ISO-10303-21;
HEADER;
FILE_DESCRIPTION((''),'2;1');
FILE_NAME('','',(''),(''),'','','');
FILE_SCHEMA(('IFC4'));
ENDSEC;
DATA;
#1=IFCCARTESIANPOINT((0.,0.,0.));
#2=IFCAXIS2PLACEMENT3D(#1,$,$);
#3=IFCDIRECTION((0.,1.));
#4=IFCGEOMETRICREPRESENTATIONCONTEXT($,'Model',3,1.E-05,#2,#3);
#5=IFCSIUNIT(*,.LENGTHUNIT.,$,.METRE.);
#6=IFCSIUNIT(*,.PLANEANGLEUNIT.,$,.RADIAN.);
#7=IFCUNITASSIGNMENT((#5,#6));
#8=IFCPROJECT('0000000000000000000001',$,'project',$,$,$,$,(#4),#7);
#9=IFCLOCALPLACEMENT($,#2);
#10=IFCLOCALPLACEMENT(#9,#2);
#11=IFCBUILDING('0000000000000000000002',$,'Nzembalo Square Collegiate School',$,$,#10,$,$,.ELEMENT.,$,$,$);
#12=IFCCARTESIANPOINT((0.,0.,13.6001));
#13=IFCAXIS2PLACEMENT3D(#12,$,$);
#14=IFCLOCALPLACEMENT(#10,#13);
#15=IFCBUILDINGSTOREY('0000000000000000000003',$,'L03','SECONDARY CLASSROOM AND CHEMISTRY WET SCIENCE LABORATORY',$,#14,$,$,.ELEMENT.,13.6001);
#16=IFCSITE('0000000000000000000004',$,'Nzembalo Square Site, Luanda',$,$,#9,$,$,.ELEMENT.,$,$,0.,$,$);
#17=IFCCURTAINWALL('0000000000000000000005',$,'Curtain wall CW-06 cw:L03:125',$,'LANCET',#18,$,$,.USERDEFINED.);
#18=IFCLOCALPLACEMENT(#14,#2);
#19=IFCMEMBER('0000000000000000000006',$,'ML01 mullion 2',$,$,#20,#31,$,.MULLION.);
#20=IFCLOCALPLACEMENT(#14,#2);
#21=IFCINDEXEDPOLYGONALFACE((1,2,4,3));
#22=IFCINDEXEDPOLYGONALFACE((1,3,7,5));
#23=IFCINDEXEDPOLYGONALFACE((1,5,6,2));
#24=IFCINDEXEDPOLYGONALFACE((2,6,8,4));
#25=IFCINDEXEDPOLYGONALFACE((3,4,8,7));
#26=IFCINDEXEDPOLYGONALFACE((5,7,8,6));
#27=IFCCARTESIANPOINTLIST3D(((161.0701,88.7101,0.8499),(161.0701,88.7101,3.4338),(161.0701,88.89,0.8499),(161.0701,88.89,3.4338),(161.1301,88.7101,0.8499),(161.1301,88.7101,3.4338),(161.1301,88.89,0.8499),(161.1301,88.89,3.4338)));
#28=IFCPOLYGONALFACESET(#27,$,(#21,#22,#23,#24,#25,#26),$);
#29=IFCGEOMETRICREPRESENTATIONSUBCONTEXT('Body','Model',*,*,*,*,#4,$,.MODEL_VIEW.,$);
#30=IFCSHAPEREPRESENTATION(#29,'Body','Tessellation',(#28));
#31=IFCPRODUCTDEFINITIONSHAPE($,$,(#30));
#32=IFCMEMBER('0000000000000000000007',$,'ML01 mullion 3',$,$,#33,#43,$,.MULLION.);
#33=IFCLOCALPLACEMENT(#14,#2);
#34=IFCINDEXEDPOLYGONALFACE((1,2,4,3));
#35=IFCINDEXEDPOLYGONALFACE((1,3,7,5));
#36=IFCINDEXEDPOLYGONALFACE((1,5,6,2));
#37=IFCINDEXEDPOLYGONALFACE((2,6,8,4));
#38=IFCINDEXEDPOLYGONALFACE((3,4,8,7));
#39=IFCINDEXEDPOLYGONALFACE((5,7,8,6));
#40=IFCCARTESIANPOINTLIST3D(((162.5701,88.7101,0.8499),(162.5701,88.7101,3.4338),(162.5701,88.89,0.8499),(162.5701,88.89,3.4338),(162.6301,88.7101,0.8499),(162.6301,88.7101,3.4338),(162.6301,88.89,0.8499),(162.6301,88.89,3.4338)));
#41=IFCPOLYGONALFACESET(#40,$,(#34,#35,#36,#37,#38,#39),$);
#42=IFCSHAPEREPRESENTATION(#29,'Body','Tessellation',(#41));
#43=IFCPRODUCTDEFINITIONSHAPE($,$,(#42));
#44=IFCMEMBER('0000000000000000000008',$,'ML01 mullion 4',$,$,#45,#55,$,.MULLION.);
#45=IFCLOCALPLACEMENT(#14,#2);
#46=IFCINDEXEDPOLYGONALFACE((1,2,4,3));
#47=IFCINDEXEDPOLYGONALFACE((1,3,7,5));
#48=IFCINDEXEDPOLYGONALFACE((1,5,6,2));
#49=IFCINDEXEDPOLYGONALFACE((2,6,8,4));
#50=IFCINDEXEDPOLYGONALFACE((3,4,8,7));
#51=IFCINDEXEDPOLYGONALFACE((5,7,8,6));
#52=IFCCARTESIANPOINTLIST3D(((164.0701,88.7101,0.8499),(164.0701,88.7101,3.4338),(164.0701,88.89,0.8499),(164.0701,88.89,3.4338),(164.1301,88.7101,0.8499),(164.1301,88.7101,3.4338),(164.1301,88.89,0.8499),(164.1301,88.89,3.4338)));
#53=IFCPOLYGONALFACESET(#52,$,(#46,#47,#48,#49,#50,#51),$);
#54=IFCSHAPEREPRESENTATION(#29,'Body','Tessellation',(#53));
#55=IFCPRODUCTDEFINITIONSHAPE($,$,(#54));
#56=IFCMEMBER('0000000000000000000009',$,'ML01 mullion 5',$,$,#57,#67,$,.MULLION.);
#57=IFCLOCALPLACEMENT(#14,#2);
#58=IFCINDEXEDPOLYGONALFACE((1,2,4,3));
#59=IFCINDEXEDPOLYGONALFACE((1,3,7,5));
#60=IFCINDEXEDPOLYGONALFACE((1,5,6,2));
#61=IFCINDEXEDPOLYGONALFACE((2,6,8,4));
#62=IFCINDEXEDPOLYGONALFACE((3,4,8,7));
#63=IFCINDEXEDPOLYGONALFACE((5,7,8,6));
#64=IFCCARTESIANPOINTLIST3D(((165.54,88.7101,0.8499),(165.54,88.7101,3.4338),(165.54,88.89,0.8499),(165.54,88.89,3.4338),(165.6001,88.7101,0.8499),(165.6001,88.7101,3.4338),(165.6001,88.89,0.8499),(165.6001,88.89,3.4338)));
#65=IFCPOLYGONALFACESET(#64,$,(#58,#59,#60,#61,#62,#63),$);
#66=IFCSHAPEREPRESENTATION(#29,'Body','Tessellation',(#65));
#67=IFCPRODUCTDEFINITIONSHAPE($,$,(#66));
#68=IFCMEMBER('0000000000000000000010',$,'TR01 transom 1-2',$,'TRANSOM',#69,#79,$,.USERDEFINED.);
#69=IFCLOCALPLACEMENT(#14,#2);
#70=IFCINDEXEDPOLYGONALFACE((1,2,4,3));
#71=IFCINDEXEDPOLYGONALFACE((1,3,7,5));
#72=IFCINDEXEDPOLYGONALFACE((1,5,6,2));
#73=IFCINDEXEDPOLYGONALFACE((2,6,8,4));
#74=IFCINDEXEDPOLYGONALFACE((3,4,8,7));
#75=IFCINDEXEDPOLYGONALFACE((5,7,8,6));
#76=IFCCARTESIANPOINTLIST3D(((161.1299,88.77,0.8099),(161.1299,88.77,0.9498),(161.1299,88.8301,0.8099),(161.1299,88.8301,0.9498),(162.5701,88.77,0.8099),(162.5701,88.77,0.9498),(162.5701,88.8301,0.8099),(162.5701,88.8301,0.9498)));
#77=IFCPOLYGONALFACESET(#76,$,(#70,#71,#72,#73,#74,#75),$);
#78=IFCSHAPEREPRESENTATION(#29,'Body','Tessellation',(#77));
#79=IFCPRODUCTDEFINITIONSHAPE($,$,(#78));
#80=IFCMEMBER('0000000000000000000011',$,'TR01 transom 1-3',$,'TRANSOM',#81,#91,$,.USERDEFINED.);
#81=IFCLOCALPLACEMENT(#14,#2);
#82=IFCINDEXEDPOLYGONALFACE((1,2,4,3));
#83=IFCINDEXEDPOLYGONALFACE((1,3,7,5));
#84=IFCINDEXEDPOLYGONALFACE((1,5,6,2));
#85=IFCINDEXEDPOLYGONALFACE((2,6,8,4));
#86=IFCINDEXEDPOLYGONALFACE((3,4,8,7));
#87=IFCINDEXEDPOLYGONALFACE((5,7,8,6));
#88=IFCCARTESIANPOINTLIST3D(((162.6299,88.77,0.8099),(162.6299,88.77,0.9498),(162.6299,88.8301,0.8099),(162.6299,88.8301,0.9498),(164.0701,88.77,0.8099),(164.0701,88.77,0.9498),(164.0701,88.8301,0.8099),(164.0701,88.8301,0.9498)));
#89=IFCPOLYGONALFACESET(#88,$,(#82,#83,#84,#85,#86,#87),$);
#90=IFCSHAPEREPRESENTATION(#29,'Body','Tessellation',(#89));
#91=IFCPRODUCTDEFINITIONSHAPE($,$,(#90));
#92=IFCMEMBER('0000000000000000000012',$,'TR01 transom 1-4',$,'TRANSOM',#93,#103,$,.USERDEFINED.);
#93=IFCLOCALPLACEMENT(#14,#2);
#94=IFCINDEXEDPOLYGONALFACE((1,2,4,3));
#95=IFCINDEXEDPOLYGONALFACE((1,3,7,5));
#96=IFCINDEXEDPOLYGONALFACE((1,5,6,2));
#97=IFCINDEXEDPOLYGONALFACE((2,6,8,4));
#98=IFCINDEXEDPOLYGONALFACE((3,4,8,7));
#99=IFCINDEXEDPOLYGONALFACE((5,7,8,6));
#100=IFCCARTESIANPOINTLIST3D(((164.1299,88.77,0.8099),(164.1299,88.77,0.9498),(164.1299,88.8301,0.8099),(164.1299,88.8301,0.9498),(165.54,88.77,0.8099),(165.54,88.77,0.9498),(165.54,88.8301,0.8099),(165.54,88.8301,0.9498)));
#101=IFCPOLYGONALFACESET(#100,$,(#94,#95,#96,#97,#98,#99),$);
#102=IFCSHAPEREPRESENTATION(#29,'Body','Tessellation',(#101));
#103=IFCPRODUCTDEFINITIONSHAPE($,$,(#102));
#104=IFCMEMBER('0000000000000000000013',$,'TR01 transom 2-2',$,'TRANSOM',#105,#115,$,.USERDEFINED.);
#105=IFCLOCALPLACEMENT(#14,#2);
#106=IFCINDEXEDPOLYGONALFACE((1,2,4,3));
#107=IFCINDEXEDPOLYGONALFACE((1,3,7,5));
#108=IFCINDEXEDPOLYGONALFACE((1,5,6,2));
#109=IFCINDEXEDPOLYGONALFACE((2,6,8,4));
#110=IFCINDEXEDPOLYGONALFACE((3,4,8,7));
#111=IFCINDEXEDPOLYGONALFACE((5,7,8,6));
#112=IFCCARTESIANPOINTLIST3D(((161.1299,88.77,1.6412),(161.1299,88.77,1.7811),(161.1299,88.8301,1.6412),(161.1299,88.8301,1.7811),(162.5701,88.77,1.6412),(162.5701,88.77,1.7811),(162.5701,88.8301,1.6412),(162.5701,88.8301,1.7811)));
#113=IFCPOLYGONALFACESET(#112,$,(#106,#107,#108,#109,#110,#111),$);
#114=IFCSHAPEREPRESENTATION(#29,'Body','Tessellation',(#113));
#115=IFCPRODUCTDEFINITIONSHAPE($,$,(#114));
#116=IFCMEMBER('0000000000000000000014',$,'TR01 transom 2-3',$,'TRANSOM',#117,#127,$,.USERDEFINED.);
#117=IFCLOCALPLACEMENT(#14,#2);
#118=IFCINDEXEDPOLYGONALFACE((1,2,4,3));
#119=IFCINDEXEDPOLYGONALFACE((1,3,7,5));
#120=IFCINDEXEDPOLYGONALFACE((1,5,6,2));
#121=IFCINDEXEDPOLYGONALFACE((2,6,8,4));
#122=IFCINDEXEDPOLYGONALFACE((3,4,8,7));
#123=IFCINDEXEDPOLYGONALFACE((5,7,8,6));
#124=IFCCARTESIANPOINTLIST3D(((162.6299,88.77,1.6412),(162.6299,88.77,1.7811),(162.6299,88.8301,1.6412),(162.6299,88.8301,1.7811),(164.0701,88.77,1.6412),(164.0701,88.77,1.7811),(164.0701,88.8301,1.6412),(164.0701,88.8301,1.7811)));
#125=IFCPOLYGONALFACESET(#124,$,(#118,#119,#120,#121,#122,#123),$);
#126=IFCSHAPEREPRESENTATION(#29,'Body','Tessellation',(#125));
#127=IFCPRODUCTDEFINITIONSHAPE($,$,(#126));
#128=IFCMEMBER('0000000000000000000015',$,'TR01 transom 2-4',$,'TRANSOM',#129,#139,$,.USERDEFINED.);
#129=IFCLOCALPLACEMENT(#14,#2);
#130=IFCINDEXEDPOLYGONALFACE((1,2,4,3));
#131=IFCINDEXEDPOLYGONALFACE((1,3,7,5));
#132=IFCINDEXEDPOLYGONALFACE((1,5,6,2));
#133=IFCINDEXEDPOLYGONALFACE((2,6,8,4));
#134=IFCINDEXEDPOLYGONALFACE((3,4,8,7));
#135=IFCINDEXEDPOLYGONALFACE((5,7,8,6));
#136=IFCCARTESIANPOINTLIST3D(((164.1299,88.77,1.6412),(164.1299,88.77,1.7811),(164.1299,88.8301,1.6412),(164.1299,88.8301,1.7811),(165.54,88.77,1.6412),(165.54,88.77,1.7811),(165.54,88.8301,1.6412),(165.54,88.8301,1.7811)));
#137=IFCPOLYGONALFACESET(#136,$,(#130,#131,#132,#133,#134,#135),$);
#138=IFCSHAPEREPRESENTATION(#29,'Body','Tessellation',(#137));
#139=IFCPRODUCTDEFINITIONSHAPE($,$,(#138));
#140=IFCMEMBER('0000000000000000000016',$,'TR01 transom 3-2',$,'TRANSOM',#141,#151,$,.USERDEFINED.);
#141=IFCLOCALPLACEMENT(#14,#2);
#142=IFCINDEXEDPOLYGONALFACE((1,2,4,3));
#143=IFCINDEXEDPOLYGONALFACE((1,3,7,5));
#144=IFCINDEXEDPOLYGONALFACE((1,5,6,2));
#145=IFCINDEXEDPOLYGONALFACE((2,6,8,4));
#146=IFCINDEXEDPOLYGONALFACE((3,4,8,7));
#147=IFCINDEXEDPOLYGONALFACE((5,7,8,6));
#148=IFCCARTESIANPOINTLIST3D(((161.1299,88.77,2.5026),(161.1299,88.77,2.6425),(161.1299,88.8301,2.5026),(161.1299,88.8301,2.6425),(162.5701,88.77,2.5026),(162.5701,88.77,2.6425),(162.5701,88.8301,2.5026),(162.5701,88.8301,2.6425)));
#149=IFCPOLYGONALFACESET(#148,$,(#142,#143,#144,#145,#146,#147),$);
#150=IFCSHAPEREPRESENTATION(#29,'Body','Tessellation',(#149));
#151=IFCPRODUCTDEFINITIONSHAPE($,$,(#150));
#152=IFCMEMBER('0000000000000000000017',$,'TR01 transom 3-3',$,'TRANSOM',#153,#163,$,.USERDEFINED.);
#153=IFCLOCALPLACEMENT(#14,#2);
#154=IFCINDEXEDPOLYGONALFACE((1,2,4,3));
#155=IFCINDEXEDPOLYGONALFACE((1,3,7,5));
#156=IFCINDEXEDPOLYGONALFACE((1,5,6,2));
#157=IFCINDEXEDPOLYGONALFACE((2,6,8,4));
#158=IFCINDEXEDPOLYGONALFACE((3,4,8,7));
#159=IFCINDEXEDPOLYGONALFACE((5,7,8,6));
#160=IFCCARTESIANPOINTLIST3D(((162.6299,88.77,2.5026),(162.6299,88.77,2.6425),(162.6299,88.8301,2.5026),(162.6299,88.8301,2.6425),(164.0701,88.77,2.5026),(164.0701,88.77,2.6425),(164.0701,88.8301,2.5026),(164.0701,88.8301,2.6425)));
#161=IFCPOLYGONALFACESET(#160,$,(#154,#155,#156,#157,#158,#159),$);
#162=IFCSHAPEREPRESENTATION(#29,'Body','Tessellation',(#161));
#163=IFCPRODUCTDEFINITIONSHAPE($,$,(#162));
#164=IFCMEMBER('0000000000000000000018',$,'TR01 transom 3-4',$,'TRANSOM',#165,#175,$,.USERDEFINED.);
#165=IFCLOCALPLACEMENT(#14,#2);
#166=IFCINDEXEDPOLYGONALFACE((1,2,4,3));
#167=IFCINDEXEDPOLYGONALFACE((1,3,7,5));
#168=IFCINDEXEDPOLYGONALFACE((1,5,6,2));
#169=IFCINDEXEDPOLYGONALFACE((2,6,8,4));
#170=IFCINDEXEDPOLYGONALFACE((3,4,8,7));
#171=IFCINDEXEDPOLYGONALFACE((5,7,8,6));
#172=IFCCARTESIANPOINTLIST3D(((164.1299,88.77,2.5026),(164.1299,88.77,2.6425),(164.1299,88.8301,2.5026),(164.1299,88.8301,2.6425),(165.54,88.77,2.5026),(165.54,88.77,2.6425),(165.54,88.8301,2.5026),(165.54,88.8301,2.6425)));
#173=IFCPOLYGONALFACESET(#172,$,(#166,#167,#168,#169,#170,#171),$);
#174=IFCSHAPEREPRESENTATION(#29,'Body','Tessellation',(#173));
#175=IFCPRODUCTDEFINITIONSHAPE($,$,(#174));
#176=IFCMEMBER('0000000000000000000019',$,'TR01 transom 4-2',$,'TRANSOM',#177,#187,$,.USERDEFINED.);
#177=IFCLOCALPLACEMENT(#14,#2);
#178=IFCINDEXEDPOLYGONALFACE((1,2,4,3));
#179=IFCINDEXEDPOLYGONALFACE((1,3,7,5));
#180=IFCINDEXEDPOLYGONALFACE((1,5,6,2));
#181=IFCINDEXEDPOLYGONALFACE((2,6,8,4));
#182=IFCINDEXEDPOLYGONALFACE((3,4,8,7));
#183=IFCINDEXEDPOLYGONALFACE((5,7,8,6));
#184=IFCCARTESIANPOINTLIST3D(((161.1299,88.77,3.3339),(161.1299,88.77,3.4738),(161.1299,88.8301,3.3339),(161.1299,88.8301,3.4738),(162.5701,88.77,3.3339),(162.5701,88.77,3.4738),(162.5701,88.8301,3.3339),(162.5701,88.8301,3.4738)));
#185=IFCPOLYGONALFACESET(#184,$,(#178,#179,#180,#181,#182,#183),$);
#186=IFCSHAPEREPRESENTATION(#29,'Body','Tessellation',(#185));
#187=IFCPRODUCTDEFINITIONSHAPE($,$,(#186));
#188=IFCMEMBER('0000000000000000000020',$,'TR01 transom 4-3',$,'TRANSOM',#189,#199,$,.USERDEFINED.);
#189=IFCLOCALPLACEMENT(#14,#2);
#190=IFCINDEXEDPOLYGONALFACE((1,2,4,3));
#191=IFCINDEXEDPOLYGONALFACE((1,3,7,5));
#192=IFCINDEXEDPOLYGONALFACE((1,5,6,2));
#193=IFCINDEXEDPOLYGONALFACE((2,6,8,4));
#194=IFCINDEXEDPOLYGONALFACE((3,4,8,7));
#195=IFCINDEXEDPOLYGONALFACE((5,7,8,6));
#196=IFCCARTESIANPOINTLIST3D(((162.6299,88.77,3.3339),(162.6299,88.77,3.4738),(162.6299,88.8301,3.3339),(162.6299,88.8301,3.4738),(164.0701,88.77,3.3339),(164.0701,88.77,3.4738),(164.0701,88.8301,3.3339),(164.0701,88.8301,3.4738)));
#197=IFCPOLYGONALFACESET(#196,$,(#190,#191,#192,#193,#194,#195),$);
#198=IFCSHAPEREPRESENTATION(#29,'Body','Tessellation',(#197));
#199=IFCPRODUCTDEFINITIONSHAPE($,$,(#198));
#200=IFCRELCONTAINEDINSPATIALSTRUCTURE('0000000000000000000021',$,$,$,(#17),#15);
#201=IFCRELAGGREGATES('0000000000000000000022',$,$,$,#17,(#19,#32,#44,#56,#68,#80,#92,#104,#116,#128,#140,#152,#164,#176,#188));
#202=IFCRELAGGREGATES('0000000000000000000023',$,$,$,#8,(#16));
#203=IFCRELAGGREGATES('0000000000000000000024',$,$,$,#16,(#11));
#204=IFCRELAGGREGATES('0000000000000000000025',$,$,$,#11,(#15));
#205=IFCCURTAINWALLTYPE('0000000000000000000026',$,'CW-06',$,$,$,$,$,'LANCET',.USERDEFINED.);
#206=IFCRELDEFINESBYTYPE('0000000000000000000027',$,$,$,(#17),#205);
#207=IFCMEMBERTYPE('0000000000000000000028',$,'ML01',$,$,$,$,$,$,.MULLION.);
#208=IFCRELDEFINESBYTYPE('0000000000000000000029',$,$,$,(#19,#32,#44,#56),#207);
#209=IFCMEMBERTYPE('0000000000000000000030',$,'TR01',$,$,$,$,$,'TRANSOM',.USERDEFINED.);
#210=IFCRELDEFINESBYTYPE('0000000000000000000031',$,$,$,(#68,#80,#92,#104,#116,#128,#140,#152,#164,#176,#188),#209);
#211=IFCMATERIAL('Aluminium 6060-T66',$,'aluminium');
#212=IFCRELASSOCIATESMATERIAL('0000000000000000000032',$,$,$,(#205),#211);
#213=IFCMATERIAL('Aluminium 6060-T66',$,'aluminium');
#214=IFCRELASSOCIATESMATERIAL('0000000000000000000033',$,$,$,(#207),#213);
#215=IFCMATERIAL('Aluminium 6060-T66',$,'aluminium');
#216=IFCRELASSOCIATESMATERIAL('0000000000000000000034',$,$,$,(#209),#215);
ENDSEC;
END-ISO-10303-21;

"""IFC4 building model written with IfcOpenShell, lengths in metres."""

from ifc_helpers import new_model, si_unit, direction, frame, origin, origin_2d, place, context, subcontext, project, spatial, rectangle, extrude, material, material_profile, profile_set, type_object, element, aggregate, save


model = new_model("IFC4")

# Units and contexts
model_context = context("Model", 3, precision=1e-05, world=origin(), true_north=direction((0.0, 1.0)))
body_context = subcontext(model_context, "Body", "Model", "MODEL_VIEW")
ifc_project = project(units=[si_unit("LENGTHUNIT", "METRE"), si_unit("PLANEANGLEUNIT", "RADIAN")], contexts=[model_context])

# Site, building, storey
site_placement = place(None, origin())
site = spatial("IfcSite", under=ifc_project, at=site_placement, Name="Nzembalo Square Site, Luanda", CompositionType="ELEMENT", RefElevation=0.0)
building_placement = place(site_placement, origin())
building = spatial("IfcBuilding", under=site, at=building_placement, Name="Nzembalo Square Collegiate School", CompositionType="ELEMENT")
storey_placement = place(building_placement, frame((0.0, 0.0, 13.6001)))
storey = spatial("IfcBuildingStorey", under=building, at=storey_placement, Name="L03", Description="SECONDARY CLASSROOM AND CHEMISTRY WET SCIENCE LABORATORY", CompositionType="ELEMENT", Elevation=13.6001)

# Curtain wall, members
ifc_material_1 = material(Name="Aluminium 6060-T66", Category="aluminium")
curtain_wall_type = type_object("IfcCurtainWallType", Name="CW-06", ElementType="LANCET", PredefinedType="USERDEFINED", material=ifc_material_1)
curtain_wall_placement = place(storey_placement, origin())
curtain_wall = element("IfcCurtainWall", 1, at=curtain_wall_placement, inside=storey, type_object=curtain_wall_type, Name="Curtain wall CW-06 cw:L03:125", ObjectType="LANCET", PredefinedType="USERDEFINED")
ifc_material_2 = material(Name="Aluminium 6060-T66", Category="aluminium")
ifc_material_profile_1 = material_profile(ifc_material_2, rectangle(XDim=0.0601, YDim=0.1799, at=origin_2d()), Name="ALU M60x180")
ifc_profile_set_1 = profile_set([ifc_material_profile_1], Name="Aluminium 6060-T66")
member_type_1 = type_object("IfcMemberType", Name="ML01", PredefinedType="MULLION", material=ifc_profile_set_1)
member_1_placement = place(storey_placement, frame((161.1001, 88.8, 0.8499), z_axis=(0.0, 0.0, 1.0), x_axis=(1.0, 0.0, 0.0)))
member_1 = element("IfcMember", 2, at=member_1_placement, type_object=member_type_1, Name="ML01 mullion 2", PredefinedType="MULLION", context=body_context, shape_type="SweptSolid", body=[
    extrude(rectangle(XDim=0.0601, YDim=0.1799, at=origin_2d()), origin(), (0.0, 0.0, 1.0), 2.584),
])
member_2_placement = place(storey_placement, frame((162.6001, 88.8, 0.8499), z_axis=(0.0, 0.0, 1.0), x_axis=(1.0, 0.0, 0.0)))
member_2 = element("IfcMember", 3, at=member_2_placement, type_object=member_type_1, Name="ML01 mullion 3", PredefinedType="MULLION", context=body_context, shape_type="SweptSolid", body=[
    extrude(rectangle(XDim=0.0601, YDim=0.1799, at=origin_2d()), origin(), (0.0, 0.0, 1.0), 2.584),
])
member_3_placement = place(storey_placement, frame((164.1001, 88.8, 0.8499), z_axis=(0.0, 0.0, 1.0), x_axis=(1.0, 0.0, 0.0)))
member_3 = element("IfcMember", 4, at=member_3_placement, type_object=member_type_1, Name="ML01 mullion 4", PredefinedType="MULLION", context=body_context, shape_type="SweptSolid", body=[
    extrude(rectangle(XDim=0.0601, YDim=0.1799, at=origin_2d()), origin(), (0.0, 0.0, 1.0), 2.584),
])
member_4_placement = place(storey_placement, frame((165.5701, 88.8, 0.8499), z_axis=(0.0, 0.0, 1.0), x_axis=(1.0, 0.0, 0.0)))
member_4 = element("IfcMember", 5, at=member_4_placement, type_object=member_type_1, Name="ML01 mullion 5", PredefinedType="MULLION", context=body_context, shape_type="SweptSolid", body=[
    extrude(rectangle(XDim=0.0601, YDim=0.1799, at=origin_2d()), origin(), (0.0, 0.0, 1.0), 2.584),
])
ifc_material_3 = material(Name="Aluminium 6060-T66", Category="aluminium")
ifc_material_profile_2 = material_profile(ifc_material_3, rectangle(XDim=0.0601, YDim=0.1399, at=origin_2d()), Name="ALU T60x140")
ifc_profile_set_2 = profile_set([ifc_material_profile_2], Name="Aluminium 6060-T66")
member_type_2 = type_object("IfcMemberType", Name="TR01", ElementType="TRANSOM", PredefinedType="USERDEFINED", material=ifc_profile_set_2)
member_5_placement = place(storey_placement, frame((161.1299, 88.8, 0.8799), z_axis=(1.0, 0.0, 0.0), x_axis=(0.0, 1.0, 0.0)))
member_5 = element("IfcMember", 6, at=member_5_placement, type_object=member_type_2, Name="TR01 transom 1-2", ObjectType="TRANSOM", PredefinedType="USERDEFINED", context=body_context, shape_type="SweptSolid", body=[
    extrude(rectangle(XDim=0.0601, YDim=0.1399, at=origin_2d()), origin(), (0.0, 0.0, 1.0), 1.4402),
])
member_6_placement = place(storey_placement, frame((162.6299, 88.8, 0.8799), z_axis=(1.0, 0.0, 0.0), x_axis=(0.0, 1.0, 0.0)))
member_6 = element("IfcMember", 7, at=member_6_placement, type_object=member_type_2, Name="TR01 transom 1-3", ObjectType="TRANSOM", PredefinedType="USERDEFINED", context=body_context, shape_type="SweptSolid", body=[
    extrude(rectangle(XDim=0.0601, YDim=0.1399, at=origin_2d()), origin(), (0.0, 0.0, 1.0), 1.4402),
])
member_7_placement = place(storey_placement, frame((164.1299, 88.8, 0.8799), z_axis=(1.0, 0.0, 0.0), x_axis=(0.0, 1.0, 0.0)))
member_7 = element("IfcMember", 8, at=member_7_placement, type_object=member_type_2, Name="TR01 transom 1-4", ObjectType="TRANSOM", PredefinedType="USERDEFINED", context=body_context, shape_type="SweptSolid", body=[
    extrude(rectangle(XDim=0.0601, YDim=0.1399, at=origin_2d()), origin(), (0.0, 0.0, 1.0), 1.4102),
])
member_8_placement = place(storey_placement, frame((161.1299, 88.8, 1.7112), z_axis=(1.0, 0.0, 0.0), x_axis=(0.0, 1.0, 0.0)))
member_8 = element("IfcMember", 9, at=member_8_placement, type_object=member_type_2, Name="TR01 transom 2-2", ObjectType="TRANSOM", PredefinedType="USERDEFINED", context=body_context, shape_type="SweptSolid", body=[
    extrude(rectangle(XDim=0.0601, YDim=0.1399, at=origin_2d()), origin(), (0.0, 0.0, 1.0), 1.4402),
])
member_9_placement = place(storey_placement, frame((162.6299, 88.8, 1.7112), z_axis=(1.0, 0.0, 0.0), x_axis=(0.0, 1.0, 0.0)))
member_9 = element("IfcMember", 10, at=member_9_placement, type_object=member_type_2, Name="TR01 transom 2-3", ObjectType="TRANSOM", PredefinedType="USERDEFINED", context=body_context, shape_type="SweptSolid", body=[
    extrude(rectangle(XDim=0.0601, YDim=0.1399, at=origin_2d()), origin(), (0.0, 0.0, 1.0), 1.4402),
])
member_10_placement = place(storey_placement, frame((164.1299, 88.8, 1.7112), z_axis=(1.0, 0.0, 0.0), x_axis=(0.0, 1.0, 0.0)))
member_10 = element("IfcMember", 11, at=member_10_placement, type_object=member_type_2, Name="TR01 transom 2-4", ObjectType="TRANSOM", PredefinedType="USERDEFINED", context=body_context, shape_type="SweptSolid", body=[
    extrude(rectangle(XDim=0.0601, YDim=0.1399, at=origin_2d()), origin(), (0.0, 0.0, 1.0), 1.4102),
])
member_11_placement = place(storey_placement, frame((161.1299, 88.8, 2.5725), z_axis=(1.0, 0.0, 0.0), x_axis=(0.0, 1.0, 0.0)))
member_11 = element("IfcMember", 12, at=member_11_placement, type_object=member_type_2, Name="TR01 transom 3-2", ObjectType="TRANSOM", PredefinedType="USERDEFINED", context=body_context, shape_type="SweptSolid", body=[
    extrude(rectangle(XDim=0.0601, YDim=0.1399, at=origin_2d()), origin(), (0.0, 0.0, 1.0), 1.4402),
])
member_12_placement = place(storey_placement, frame((162.6299, 88.8, 2.5725), z_axis=(1.0, 0.0, 0.0), x_axis=(0.0, 1.0, 0.0)))
member_12 = element("IfcMember", 13, at=member_12_placement, type_object=member_type_2, Name="TR01 transom 3-3", ObjectType="TRANSOM", PredefinedType="USERDEFINED", context=body_context, shape_type="SweptSolid", body=[
    extrude(rectangle(XDim=0.0601, YDim=0.1399, at=origin_2d()), origin(), (0.0, 0.0, 1.0), 1.4402),
])
member_13_placement = place(storey_placement, frame((164.1299, 88.8, 2.5725), z_axis=(1.0, 0.0, 0.0), x_axis=(0.0, 1.0, 0.0)))
member_13 = element("IfcMember", 14, at=member_13_placement, type_object=member_type_2, Name="TR01 transom 3-4", ObjectType="TRANSOM", PredefinedType="USERDEFINED", context=body_context, shape_type="SweptSolid", body=[
    extrude(rectangle(XDim=0.0601, YDim=0.1399, at=origin_2d()), origin(), (0.0, 0.0, 1.0), 1.4102),
])
member_14_placement = place(storey_placement, frame((161.1299, 88.8, 3.4038), z_axis=(1.0, 0.0, 0.0), x_axis=(0.0, 1.0, 0.0)))
member_14 = element("IfcMember", 15, at=member_14_placement, type_object=member_type_2, Name="TR01 transom 4-2", ObjectType="TRANSOM", PredefinedType="USERDEFINED", context=body_context, shape_type="SweptSolid", body=[
    extrude(rectangle(XDim=0.0601, YDim=0.1399, at=origin_2d()), origin(), (0.0, 0.0, 1.0), 1.4402),
])
member_15_placement = place(storey_placement, frame((162.6299, 88.8, 3.4038), z_axis=(1.0, 0.0, 0.0), x_axis=(0.0, 1.0, 0.0)))
member_15 = element("IfcMember", 16, at=member_15_placement, type_object=member_type_2, Name="TR01 transom 4-3", ObjectType="TRANSOM", PredefinedType="USERDEFINED", context=body_context, shape_type="SweptSolid", body=[
    extrude(rectangle(XDim=0.0601, YDim=0.1399, at=origin_2d()), origin(), (0.0, 0.0, 1.0), 1.4402),
])
aggregate(curtain_wall, [member_1, member_2, member_3, member_4, member_5, member_6, member_7, member_8, member_9, member_10, member_11, member_12, member_13, member_14, member_15])

save(model, "model.ifc")
